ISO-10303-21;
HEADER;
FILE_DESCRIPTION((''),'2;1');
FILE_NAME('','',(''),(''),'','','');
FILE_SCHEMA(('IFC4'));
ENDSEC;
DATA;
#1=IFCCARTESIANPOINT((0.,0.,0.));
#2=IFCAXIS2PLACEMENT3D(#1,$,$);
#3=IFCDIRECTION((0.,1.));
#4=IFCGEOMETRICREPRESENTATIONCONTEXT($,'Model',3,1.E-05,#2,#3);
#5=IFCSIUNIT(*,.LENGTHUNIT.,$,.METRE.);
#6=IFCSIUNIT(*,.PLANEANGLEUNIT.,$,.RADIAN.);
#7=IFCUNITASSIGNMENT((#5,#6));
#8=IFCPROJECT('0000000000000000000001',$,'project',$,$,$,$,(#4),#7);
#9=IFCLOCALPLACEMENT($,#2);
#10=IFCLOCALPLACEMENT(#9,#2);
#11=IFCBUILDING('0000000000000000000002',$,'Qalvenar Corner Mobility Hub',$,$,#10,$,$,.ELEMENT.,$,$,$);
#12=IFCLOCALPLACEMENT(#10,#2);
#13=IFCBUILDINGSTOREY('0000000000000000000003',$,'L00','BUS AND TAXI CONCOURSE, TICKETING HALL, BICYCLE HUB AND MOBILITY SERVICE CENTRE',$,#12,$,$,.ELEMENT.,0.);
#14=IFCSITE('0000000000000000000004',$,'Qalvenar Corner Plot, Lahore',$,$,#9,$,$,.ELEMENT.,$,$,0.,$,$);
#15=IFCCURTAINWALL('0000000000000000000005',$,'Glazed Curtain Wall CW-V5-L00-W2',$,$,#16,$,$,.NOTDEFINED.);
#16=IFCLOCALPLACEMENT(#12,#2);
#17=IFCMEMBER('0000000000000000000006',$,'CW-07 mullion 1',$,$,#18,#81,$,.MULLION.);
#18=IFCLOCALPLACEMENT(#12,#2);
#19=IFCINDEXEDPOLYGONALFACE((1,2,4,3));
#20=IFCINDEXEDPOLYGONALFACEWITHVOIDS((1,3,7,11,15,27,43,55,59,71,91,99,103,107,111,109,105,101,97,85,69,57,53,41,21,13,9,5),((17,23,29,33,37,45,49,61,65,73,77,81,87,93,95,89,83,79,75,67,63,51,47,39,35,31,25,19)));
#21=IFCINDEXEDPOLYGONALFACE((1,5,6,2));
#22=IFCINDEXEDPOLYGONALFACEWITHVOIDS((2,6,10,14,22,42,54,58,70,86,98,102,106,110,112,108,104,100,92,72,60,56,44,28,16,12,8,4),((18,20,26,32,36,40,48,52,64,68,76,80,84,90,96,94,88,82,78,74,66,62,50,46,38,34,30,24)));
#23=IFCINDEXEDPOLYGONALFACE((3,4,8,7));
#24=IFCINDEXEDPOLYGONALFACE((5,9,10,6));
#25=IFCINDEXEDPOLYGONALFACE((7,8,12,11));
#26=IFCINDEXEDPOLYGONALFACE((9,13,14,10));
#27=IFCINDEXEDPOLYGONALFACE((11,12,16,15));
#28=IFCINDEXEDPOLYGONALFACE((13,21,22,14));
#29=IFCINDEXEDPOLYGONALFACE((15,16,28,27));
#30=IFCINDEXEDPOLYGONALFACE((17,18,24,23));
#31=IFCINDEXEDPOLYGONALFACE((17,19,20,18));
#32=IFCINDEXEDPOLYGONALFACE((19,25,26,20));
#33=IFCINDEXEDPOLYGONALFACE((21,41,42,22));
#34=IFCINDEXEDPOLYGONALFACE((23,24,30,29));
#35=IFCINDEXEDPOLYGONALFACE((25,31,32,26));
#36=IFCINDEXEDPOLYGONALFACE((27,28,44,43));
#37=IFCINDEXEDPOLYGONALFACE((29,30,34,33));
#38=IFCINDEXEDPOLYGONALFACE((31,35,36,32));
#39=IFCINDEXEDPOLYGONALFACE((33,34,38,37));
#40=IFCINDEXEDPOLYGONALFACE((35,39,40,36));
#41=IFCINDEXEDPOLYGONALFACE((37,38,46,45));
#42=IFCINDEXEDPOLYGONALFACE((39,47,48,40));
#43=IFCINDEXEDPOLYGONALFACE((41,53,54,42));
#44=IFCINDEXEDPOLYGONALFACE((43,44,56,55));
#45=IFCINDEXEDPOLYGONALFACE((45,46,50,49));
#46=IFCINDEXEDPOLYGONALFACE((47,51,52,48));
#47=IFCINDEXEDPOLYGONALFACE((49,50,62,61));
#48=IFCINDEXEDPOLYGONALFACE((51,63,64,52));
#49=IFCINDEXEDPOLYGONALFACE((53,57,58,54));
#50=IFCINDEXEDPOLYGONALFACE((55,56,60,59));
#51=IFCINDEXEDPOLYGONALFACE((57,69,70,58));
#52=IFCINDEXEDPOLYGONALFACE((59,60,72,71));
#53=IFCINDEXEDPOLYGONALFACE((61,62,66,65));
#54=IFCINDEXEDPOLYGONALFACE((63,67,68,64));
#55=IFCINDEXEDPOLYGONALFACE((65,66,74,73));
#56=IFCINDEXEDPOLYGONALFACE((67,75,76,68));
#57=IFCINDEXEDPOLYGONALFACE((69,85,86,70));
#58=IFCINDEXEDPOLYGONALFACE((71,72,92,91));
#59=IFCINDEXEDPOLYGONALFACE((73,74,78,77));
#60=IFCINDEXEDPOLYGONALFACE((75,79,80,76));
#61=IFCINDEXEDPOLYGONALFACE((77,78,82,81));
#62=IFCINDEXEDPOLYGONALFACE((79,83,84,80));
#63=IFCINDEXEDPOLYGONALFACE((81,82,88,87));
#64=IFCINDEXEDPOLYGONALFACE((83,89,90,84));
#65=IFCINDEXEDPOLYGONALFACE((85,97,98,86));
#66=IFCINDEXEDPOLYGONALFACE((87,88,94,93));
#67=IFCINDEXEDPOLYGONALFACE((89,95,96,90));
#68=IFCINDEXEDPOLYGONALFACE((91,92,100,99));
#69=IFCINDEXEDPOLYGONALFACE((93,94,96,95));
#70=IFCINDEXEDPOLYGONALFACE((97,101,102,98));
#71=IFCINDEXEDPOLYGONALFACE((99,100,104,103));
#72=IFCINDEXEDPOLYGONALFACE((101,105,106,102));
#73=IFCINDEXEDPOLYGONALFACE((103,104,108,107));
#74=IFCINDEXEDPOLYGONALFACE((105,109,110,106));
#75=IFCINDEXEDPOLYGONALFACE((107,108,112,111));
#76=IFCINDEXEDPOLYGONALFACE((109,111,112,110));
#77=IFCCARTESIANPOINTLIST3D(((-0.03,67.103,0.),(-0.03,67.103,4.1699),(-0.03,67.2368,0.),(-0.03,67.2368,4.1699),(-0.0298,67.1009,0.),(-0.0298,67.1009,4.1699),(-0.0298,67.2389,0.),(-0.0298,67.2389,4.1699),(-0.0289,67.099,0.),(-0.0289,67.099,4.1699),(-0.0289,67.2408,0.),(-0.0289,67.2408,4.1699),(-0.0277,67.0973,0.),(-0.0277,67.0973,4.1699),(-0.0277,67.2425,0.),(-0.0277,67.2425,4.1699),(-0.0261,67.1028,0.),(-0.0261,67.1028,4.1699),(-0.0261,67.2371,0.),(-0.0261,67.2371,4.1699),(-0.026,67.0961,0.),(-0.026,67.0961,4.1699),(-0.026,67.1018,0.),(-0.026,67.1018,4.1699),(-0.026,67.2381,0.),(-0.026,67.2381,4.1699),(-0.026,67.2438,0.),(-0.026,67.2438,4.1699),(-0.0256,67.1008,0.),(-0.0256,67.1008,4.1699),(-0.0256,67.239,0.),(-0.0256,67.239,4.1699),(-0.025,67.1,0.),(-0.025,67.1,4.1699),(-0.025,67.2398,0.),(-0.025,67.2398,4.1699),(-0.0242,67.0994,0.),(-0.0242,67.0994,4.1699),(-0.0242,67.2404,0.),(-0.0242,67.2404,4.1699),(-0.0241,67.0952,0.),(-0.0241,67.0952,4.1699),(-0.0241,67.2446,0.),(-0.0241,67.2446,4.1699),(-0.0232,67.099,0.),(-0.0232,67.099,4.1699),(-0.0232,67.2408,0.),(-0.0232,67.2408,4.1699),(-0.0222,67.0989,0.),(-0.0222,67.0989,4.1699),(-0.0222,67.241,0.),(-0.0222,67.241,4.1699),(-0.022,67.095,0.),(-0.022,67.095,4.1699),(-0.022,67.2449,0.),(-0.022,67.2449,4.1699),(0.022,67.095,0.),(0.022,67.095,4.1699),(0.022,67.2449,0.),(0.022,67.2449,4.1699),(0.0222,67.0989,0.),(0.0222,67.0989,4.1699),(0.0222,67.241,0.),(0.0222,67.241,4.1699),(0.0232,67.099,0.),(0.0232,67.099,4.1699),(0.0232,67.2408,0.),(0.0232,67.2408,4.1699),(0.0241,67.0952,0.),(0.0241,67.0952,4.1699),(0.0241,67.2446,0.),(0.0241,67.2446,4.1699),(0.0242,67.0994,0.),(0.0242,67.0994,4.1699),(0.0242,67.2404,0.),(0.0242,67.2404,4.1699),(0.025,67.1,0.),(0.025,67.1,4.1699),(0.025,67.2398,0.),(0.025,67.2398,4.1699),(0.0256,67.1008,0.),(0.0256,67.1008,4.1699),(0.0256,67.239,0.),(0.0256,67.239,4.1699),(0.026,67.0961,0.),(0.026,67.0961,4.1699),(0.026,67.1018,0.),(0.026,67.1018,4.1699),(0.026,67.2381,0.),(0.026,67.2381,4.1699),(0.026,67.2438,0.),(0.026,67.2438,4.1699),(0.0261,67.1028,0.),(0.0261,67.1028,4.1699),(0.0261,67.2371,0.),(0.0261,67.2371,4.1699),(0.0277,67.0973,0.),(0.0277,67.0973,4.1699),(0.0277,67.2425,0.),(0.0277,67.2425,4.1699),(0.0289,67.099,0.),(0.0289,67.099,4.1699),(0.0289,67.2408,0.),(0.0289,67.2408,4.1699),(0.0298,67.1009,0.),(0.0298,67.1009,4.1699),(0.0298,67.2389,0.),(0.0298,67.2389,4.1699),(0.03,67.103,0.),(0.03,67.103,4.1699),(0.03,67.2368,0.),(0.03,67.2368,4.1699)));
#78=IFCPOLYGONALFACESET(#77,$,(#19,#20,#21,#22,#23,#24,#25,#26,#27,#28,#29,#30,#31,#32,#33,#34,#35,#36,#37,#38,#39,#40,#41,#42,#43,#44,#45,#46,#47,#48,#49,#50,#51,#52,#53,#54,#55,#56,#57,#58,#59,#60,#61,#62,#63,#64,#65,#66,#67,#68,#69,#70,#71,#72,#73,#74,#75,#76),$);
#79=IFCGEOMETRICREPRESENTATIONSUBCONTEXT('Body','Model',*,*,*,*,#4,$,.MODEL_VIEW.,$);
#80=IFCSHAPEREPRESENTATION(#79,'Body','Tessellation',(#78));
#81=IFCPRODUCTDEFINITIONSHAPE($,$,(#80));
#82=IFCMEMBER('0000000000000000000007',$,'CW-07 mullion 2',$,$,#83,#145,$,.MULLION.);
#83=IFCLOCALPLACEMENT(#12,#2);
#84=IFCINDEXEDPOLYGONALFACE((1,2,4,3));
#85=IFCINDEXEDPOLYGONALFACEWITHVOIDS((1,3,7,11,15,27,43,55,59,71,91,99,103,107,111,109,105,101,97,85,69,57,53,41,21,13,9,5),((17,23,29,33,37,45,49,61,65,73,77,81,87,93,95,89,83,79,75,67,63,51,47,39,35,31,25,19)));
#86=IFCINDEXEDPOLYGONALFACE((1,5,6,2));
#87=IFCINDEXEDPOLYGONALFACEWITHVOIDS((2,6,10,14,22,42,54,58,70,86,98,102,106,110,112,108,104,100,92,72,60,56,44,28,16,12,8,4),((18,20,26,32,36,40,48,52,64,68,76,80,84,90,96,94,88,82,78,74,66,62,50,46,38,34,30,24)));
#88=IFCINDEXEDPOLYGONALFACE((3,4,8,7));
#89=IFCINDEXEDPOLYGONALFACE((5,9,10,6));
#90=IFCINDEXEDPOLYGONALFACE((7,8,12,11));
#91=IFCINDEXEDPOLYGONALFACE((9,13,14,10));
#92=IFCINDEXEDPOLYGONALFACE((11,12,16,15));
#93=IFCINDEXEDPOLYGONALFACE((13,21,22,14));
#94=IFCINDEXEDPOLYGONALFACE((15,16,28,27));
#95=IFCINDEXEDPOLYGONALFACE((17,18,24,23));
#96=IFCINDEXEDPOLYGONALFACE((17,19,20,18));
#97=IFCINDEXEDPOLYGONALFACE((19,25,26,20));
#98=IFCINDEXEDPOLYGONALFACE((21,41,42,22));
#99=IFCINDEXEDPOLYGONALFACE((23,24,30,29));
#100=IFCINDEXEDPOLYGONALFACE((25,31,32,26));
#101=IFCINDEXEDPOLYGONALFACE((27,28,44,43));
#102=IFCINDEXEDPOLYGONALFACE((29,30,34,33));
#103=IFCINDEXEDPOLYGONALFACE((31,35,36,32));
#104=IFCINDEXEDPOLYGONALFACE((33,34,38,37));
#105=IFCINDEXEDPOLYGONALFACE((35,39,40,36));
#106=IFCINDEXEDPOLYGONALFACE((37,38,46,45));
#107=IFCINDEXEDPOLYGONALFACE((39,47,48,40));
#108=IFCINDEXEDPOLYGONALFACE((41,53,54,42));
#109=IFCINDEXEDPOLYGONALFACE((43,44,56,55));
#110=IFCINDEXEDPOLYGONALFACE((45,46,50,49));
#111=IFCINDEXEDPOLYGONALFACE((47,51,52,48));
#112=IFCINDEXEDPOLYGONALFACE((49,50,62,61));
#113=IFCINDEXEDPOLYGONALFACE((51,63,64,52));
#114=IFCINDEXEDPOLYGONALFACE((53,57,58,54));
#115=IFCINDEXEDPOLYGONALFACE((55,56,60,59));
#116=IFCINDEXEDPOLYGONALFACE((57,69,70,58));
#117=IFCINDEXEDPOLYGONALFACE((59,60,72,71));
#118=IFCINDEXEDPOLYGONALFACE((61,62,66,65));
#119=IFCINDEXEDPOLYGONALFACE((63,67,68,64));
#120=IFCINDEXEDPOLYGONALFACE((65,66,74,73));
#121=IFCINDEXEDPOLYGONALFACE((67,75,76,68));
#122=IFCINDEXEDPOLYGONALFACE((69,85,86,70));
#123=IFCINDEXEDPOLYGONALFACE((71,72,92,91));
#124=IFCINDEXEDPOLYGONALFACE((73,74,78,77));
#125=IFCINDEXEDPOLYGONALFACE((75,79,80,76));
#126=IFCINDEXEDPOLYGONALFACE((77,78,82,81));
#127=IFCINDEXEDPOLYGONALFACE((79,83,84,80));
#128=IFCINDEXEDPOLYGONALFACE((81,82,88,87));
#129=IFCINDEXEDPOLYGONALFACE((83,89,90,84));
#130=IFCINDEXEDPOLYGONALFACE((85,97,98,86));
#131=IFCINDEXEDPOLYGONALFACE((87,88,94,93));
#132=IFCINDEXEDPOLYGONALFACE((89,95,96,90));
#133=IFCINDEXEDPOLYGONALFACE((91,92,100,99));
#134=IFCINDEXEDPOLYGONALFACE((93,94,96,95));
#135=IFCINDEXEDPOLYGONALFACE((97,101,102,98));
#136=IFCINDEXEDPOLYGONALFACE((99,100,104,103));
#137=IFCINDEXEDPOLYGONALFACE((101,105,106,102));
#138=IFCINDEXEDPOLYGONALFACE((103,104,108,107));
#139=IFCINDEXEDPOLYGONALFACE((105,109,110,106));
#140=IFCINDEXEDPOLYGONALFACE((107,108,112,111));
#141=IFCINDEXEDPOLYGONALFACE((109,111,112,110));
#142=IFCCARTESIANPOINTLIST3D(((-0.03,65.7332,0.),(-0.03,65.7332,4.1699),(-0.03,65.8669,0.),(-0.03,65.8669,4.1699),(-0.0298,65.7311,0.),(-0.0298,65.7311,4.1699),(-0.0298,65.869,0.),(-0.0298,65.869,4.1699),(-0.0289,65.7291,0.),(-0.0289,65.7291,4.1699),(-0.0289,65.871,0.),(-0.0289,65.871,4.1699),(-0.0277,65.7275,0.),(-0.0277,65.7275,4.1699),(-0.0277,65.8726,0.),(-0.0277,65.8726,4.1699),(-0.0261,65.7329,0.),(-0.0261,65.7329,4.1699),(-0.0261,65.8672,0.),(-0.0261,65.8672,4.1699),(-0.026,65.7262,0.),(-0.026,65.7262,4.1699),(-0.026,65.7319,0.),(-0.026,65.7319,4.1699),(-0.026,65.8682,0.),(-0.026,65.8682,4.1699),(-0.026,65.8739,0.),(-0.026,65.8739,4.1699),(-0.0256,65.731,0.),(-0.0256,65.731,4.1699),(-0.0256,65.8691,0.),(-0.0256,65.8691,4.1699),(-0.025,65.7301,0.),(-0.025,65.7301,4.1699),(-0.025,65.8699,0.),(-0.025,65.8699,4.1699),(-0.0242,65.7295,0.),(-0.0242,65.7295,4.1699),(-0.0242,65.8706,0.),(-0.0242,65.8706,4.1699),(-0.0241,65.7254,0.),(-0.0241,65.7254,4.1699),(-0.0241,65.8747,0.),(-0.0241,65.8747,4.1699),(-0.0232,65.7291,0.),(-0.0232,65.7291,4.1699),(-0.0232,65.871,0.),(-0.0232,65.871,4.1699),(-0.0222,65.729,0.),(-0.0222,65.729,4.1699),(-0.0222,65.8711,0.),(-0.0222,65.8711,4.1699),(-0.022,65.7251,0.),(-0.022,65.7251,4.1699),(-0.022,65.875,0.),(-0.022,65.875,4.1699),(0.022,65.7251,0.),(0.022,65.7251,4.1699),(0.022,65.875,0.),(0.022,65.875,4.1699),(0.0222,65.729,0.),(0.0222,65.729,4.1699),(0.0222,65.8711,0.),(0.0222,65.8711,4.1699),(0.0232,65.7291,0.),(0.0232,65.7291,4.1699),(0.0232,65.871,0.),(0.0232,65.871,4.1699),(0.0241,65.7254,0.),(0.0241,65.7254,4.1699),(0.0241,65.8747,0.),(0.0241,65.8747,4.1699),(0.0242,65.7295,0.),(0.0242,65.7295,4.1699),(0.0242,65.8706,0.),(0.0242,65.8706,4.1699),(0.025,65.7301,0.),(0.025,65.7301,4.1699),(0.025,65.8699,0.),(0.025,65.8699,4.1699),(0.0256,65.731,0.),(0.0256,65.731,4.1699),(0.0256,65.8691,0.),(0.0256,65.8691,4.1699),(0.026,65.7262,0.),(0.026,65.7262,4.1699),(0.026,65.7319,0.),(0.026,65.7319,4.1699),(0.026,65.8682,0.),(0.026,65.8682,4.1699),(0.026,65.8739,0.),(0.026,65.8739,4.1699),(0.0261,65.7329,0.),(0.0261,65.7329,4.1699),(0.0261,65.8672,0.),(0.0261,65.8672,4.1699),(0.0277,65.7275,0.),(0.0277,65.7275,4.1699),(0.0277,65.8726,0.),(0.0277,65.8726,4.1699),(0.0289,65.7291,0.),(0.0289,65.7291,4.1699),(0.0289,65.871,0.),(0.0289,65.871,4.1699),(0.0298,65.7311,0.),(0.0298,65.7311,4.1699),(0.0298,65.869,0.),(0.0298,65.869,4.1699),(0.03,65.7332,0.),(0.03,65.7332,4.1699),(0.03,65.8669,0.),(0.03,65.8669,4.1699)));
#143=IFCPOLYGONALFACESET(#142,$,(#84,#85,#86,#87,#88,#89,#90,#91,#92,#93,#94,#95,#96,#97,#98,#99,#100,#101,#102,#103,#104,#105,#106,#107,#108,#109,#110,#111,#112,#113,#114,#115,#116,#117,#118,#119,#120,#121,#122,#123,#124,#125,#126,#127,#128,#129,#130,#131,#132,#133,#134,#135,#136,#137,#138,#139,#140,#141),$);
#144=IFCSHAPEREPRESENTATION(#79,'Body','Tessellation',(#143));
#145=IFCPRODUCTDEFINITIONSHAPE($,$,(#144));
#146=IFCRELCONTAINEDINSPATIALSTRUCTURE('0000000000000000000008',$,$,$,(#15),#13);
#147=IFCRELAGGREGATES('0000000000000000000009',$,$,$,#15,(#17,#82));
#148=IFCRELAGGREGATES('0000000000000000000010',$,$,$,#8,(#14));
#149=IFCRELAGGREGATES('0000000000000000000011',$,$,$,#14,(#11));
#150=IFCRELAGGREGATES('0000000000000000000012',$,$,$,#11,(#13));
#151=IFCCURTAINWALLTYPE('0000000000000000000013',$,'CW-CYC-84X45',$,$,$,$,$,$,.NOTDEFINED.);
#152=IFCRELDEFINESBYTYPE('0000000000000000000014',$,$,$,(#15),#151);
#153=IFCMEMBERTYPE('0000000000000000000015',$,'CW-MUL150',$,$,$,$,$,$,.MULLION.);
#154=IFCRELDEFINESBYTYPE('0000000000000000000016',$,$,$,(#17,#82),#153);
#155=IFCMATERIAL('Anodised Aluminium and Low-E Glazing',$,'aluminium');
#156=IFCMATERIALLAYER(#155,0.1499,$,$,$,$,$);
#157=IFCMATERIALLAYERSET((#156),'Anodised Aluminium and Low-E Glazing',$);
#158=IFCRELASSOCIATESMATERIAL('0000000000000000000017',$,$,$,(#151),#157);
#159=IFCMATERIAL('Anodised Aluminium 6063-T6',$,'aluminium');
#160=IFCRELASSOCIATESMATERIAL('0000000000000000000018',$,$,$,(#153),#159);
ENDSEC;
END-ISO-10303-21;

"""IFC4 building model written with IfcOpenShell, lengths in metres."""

from ifc_helpers import new_model, si_unit, direction, frame, origin, origin_2d, place, context, subcontext, project, spatial, hollow_rectangle, extrude, material, layer, layer_set, material_profile, profile_set, type_object, element, aggregate, save


model = new_model("IFC4")

# Units and contexts
model_context = context("Model", 3, precision=1e-05, world=origin(), true_north=direction((0.0, 1.0)))
body_context = subcontext(model_context, "Body", "Model", "MODEL_VIEW")
ifc_project = project(units=[si_unit("LENGTHUNIT", "METRE"), si_unit("PLANEANGLEUNIT", "RADIAN")], contexts=[model_context])

# Site, building, storey
site_placement = place(None, origin())
site = spatial("IfcSite", under=ifc_project, at=site_placement, Name="Qalvenar Corner Plot, Lahore", CompositionType="ELEMENT", RefElevation=0.0)
building_placement = place(site_placement, origin())
building = spatial("IfcBuilding", under=site, at=building_placement, Name="Qalvenar Corner Mobility Hub", CompositionType="ELEMENT")
storey_placement = place(building_placement, origin())
storey = spatial("IfcBuildingStorey", under=building, at=storey_placement, Name="L00", Description="BUS AND TAXI CONCOURSE, TICKETING HALL, BICYCLE HUB AND MOBILITY SERVICE CENTRE", CompositionType="ELEMENT", Elevation=0.0)

# Curtain wall, members
ifc_material_1 = material(Name="Anodised Aluminium and Low-E Glazing", Category="aluminium")
ifc_layer_1 = layer(ifc_material_1, 0.1499)
ifc_layer_set_1 = layer_set([ifc_layer_1], Name="Anodised Aluminium and Low-E Glazing")
curtain_wall_type = type_object("IfcCurtainWallType", Name="CW-CYC-84X45", PredefinedType="NOTDEFINED", material=ifc_layer_set_1)
curtain_wall_placement = place(storey_placement, origin())
curtain_wall = element("IfcCurtainWall", 1, at=curtain_wall_placement, inside=storey, type_object=curtain_wall_type, Name="Glazed Curtain Wall CW-V5-L00-W2", PredefinedType="NOTDEFINED")
ifc_material_2 = material(Name="Anodised Aluminium 6063-T6", Category="aluminium")
ifc_material_profile_1 = material_profile(ifc_material_2, hollow_rectangle(XDim=0.0601, YDim=0.1499, WallThickness=0.0039, InnerFilletRadius=0.0039, OuterFilletRadius=0.0081, at=origin_2d()), Name="RHS150x60x4")
ifc_profile_set_1 = profile_set([ifc_material_profile_1], Name="Anodised Aluminium 6063-T6")
member_type_1 = type_object("IfcMemberType", Name="CW-MUL150", PredefinedType="MULLION", material=ifc_profile_set_1)
member_1_placement = place(storey_placement, frame((0.0, 67.1699, 0.0), z_axis=(0.0, 0.0, 1.0), x_axis=(1.0, 0.0, 0.0)))
member_1 = element("IfcMember", 2, at=member_1_placement, type_object=member_type_1, Name="CW-07 mullion 1", PredefinedType="MULLION", context=body_context, shape_type="SweptSolid", body=[
    extrude(hollow_rectangle(XDim=0.0601, YDim=0.1499, WallThickness=0.0039, InnerFilletRadius=0.0039, OuterFilletRadius=0.0081, at=origin_2d()), origin(), (0.0, 0.0, 1.0), 4.1699),
])
member_2_placement = place(storey_placement, frame((0.0, 65.8, 0.0), z_axis=(0.0, 0.0, 1.0), x_axis=(1.0, 0.0, 0.0)))
member_2 = element("IfcMember", 3, at=member_2_placement, type_object=member_type_1, Name="CW-07 mullion 2", PredefinedType="MULLION", context=body_context, shape_type="SweptSolid", body=[
    extrude(hollow_rectangle(XDim=0.0601, YDim=0.1499, WallThickness=0.0039, InnerFilletRadius=0.0039, OuterFilletRadius=0.0081, at=origin_2d()), origin(), (0.0, 0.0, 1.0), 4.1699),
])
aggregate(curtain_wall, [member_1, member_2])

save(model, "model.ifc")
